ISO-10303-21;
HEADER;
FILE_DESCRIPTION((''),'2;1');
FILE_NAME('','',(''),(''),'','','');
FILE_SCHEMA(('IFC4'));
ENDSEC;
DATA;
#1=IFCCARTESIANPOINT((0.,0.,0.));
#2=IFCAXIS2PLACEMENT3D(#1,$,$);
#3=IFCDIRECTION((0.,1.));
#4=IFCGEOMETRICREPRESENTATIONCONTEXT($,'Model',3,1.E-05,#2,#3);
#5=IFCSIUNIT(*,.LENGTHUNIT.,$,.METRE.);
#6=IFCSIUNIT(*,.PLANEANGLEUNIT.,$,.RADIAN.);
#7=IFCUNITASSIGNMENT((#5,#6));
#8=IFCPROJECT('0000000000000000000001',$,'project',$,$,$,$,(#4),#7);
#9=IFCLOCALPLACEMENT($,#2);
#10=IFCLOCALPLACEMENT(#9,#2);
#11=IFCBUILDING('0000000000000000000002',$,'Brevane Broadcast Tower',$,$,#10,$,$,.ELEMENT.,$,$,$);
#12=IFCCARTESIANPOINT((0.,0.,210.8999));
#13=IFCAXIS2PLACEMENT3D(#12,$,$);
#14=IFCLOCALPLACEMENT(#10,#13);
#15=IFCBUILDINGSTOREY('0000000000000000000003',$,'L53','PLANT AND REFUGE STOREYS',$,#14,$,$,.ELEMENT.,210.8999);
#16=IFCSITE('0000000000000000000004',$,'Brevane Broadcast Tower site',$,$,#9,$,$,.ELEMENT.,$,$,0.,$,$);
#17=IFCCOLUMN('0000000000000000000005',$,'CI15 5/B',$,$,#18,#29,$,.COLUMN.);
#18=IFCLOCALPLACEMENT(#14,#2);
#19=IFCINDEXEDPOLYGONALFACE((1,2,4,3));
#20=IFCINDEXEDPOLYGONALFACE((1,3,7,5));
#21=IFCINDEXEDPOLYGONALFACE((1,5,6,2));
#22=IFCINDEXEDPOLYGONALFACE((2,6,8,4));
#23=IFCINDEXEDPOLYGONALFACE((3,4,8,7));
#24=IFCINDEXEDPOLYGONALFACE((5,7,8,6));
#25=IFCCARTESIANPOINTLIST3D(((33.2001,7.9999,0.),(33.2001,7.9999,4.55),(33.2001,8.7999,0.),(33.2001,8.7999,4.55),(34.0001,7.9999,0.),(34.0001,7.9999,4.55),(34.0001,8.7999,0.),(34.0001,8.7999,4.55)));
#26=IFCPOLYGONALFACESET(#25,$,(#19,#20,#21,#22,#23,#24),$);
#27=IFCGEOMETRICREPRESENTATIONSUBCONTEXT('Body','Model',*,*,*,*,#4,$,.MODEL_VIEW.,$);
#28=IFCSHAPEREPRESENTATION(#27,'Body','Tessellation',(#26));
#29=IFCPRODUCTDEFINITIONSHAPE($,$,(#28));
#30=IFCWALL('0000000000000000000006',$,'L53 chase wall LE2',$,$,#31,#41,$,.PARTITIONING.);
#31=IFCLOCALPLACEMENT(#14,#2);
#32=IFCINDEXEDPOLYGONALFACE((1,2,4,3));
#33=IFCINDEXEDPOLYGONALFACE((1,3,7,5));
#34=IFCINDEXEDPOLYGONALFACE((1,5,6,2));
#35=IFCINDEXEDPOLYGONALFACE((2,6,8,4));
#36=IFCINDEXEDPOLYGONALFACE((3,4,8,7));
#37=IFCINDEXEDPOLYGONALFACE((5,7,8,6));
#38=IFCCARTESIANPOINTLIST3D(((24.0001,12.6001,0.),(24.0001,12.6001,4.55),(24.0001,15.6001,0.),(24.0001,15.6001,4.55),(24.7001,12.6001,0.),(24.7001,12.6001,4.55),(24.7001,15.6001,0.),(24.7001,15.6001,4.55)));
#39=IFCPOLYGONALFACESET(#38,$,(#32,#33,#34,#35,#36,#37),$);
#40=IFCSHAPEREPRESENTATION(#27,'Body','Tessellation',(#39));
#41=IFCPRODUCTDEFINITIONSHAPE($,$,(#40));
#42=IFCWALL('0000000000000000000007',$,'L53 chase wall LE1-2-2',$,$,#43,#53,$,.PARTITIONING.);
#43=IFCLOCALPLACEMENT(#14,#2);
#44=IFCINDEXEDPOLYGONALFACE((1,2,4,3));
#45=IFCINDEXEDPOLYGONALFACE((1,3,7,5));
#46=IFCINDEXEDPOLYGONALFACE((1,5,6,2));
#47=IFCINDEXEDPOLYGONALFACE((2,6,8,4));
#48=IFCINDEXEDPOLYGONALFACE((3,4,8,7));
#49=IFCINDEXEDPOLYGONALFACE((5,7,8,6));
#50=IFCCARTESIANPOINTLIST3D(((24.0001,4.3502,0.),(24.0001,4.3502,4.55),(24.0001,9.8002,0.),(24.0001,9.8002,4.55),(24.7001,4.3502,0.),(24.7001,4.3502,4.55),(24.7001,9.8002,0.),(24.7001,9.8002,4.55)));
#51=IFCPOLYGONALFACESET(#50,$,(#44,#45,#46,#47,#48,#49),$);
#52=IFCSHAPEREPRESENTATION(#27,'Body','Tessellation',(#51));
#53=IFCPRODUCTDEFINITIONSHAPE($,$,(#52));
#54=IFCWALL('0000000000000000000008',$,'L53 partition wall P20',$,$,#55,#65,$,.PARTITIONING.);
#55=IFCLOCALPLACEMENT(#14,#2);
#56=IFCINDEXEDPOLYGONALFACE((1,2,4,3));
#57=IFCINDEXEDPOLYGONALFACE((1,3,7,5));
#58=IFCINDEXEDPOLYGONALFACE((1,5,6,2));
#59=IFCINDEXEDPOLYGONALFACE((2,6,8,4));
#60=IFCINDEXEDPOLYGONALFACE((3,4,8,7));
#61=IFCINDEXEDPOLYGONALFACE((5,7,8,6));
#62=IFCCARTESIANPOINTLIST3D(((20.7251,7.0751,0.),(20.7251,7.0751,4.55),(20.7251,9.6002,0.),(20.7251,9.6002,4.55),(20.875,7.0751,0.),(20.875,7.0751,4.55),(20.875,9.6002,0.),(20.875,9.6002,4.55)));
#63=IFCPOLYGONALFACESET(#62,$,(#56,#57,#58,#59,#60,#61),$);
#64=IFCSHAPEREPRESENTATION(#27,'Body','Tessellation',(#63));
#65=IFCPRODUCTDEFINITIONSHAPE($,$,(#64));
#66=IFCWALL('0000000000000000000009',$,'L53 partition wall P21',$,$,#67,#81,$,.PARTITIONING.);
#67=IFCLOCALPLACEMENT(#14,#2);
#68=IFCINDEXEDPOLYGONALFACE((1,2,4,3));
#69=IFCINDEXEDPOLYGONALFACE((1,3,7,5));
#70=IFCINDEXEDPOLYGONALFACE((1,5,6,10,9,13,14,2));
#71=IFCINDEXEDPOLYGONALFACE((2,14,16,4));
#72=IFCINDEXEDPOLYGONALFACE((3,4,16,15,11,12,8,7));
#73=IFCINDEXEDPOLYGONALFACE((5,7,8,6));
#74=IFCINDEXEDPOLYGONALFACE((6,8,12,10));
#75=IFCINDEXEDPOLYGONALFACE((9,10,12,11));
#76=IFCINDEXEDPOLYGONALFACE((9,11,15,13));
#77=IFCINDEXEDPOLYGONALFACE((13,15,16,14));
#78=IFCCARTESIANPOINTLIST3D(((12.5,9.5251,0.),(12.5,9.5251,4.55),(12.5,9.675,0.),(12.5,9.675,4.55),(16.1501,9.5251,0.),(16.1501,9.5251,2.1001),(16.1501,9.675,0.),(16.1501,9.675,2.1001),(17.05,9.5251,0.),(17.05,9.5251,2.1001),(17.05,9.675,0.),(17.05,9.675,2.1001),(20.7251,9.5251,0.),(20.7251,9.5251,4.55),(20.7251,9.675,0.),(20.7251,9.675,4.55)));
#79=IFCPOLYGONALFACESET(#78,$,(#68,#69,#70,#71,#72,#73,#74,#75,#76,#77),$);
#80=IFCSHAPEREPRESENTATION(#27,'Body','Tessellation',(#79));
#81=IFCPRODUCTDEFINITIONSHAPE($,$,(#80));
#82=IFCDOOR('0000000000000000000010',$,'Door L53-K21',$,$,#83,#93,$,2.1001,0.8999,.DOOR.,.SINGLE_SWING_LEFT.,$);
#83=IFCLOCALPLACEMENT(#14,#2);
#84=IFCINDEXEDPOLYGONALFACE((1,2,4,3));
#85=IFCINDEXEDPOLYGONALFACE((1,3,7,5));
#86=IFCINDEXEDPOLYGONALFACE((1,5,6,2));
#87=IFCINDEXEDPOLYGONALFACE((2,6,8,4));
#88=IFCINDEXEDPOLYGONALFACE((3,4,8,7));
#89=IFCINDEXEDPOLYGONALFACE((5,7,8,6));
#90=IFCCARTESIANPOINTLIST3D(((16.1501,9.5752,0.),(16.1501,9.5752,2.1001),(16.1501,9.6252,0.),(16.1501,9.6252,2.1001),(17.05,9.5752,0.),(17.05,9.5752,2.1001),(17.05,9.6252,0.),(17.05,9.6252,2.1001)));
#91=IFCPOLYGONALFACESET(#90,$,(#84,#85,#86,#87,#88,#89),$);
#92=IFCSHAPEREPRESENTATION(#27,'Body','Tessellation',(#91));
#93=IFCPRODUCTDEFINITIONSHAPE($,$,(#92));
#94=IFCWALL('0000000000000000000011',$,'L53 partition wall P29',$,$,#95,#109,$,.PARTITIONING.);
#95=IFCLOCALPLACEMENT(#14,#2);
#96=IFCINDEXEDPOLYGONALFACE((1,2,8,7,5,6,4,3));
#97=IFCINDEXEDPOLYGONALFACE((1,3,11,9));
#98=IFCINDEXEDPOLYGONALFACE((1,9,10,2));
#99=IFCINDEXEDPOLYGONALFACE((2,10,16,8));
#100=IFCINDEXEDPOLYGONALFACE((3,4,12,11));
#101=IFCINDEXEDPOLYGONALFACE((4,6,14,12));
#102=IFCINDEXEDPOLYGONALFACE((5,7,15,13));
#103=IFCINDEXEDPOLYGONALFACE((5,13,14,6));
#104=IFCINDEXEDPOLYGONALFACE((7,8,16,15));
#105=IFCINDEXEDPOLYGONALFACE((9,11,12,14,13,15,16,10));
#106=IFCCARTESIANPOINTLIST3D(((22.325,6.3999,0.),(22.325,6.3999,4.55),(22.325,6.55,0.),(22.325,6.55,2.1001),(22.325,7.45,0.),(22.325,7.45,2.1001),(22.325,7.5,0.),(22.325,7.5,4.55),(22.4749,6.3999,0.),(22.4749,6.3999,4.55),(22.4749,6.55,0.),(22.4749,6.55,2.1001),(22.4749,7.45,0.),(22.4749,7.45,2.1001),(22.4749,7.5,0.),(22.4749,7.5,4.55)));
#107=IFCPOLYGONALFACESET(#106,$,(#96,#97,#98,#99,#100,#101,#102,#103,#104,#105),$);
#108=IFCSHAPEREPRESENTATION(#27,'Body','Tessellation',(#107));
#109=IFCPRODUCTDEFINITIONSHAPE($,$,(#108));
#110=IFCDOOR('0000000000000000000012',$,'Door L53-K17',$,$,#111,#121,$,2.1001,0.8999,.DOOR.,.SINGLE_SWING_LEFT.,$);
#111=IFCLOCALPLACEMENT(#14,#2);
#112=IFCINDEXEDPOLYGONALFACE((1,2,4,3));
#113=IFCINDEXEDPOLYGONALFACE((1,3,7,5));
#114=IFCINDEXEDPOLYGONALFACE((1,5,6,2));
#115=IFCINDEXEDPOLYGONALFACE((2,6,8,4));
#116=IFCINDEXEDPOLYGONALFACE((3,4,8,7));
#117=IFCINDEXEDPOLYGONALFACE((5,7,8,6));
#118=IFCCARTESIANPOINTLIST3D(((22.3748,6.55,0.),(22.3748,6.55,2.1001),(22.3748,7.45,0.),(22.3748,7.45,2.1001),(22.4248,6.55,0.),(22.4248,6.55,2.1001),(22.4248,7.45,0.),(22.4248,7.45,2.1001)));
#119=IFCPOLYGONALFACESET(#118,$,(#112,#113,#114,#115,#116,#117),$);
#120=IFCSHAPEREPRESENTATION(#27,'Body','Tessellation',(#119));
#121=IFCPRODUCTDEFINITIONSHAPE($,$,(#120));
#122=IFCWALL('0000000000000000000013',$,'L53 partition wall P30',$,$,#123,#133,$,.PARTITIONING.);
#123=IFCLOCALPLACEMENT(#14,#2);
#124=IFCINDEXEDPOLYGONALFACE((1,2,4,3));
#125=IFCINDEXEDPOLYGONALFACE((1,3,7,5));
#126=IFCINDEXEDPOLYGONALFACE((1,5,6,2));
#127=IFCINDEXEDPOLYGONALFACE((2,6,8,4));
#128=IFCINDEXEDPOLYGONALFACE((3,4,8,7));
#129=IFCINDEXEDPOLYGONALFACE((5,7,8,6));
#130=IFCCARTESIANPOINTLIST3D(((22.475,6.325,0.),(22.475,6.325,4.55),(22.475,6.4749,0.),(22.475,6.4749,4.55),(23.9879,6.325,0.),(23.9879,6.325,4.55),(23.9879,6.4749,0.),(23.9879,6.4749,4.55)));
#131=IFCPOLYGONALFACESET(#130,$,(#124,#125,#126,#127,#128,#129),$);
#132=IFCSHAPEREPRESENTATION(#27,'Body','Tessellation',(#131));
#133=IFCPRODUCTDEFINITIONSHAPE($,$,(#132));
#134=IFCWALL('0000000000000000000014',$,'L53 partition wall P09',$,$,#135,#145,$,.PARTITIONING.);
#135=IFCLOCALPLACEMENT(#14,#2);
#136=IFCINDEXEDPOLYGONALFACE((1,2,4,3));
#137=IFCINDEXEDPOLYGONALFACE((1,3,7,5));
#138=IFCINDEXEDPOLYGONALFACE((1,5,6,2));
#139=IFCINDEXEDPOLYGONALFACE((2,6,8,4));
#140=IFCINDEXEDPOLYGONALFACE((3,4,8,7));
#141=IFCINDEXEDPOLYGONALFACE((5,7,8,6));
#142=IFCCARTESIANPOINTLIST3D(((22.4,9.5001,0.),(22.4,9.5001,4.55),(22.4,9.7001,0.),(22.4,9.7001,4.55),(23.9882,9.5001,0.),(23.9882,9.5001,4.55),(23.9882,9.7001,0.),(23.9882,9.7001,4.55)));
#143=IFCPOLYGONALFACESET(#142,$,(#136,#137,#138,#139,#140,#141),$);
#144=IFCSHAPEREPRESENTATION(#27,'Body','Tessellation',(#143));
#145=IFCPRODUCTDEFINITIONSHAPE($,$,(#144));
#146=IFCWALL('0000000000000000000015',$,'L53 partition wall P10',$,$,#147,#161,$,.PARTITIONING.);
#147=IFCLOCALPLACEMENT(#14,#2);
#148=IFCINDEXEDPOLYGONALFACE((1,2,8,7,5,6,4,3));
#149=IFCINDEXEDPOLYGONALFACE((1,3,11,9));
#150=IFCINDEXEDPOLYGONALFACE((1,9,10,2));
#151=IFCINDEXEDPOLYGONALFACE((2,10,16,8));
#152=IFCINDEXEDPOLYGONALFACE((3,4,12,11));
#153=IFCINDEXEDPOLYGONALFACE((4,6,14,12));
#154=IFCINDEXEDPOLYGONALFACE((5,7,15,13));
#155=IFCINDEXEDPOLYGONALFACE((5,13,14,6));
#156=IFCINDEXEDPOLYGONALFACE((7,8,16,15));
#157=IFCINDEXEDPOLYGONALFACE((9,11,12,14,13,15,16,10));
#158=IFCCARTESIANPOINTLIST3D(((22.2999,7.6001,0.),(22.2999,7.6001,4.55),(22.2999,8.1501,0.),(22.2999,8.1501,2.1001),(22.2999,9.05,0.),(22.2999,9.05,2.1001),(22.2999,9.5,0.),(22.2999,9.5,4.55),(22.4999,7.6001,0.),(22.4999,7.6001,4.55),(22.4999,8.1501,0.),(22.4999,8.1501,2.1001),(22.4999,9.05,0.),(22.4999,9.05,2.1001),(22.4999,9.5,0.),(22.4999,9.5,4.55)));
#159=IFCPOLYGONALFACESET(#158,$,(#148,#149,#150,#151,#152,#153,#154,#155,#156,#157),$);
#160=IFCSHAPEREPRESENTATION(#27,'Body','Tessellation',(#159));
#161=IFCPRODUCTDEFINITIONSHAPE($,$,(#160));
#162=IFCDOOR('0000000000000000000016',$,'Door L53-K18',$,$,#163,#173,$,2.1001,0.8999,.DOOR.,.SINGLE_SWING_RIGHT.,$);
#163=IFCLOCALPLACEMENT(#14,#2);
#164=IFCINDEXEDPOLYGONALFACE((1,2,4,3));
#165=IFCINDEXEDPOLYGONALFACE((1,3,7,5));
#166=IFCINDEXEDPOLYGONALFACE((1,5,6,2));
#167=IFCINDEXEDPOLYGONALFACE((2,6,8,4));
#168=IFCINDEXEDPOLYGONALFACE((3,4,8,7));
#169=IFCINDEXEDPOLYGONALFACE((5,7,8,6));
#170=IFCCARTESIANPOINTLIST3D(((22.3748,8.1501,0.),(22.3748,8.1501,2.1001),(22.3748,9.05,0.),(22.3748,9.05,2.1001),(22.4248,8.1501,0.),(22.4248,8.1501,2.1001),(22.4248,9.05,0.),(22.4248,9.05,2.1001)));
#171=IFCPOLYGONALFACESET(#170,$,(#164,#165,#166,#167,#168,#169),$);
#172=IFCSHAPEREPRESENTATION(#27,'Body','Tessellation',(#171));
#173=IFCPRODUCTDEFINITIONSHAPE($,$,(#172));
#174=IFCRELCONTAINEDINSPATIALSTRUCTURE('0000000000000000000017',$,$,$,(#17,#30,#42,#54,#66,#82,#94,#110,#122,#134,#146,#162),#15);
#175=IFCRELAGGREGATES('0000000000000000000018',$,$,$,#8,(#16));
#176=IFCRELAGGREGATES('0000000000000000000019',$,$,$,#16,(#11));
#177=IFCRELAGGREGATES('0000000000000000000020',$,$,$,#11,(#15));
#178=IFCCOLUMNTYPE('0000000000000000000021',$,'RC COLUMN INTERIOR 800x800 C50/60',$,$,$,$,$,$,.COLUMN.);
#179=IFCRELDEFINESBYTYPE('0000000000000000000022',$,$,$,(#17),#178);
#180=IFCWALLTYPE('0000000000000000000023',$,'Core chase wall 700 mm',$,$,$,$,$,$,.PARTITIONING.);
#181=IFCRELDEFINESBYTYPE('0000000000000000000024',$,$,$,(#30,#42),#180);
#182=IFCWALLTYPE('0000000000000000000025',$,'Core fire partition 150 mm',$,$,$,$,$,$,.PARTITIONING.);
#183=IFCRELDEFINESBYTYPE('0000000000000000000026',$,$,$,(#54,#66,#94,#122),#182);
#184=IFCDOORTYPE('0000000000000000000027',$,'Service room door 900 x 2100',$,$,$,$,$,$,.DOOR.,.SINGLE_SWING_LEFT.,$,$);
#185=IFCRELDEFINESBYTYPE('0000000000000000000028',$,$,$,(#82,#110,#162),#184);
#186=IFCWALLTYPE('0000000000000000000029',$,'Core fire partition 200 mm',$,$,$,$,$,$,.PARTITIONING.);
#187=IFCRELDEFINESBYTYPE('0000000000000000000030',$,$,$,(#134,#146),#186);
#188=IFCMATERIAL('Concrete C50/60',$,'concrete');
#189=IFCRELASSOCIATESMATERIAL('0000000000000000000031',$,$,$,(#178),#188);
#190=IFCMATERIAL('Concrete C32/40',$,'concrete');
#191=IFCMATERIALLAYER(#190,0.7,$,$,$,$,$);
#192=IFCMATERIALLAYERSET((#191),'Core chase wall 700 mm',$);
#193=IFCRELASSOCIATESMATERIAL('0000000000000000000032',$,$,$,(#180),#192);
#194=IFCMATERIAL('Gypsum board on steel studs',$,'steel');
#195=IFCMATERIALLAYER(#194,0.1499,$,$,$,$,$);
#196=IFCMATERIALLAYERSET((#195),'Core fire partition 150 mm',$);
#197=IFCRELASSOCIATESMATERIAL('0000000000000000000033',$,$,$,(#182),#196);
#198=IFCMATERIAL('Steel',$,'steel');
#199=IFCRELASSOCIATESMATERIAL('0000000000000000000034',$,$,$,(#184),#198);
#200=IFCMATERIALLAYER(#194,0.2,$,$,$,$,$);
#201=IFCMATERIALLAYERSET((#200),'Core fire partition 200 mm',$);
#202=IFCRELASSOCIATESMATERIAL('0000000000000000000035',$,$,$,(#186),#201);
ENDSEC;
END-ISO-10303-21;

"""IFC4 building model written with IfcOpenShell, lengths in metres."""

from ifc_helpers import new_model, si_unit, direction, frame, frame_2d, origin, origin_2d, place, context, subcontext, project, spatial, rectangle, extrude, material, layer, layer_set, material_profile, profile_set, type_object, element, fill, save


model = new_model("IFC4")

# Units and contexts
model_context = context("Model", 3, precision=1e-05, world=origin(), true_north=direction((0.0, 1.0)))
body_context = subcontext(model_context, "Body", "Model", "MODEL_VIEW")
ifc_project = project(units=[si_unit("LENGTHUNIT", "METRE"), si_unit("PLANEANGLEUNIT", "RADIAN")], contexts=[model_context])

# Site, building, storey
site_placement = place(None, origin())
site = spatial("IfcSite", under=ifc_project, at=site_placement, Name="Brevane Broadcast Tower site", CompositionType="ELEMENT", RefElevation=0.0)
building_placement = place(site_placement, origin())
building = spatial("IfcBuilding", under=site, at=building_placement, Name="Brevane Broadcast Tower", CompositionType="ELEMENT")
storey_placement = place(building_placement, frame((0.0, 0.0, 210.8999)))
storey = spatial("IfcBuildingStorey", under=building, at=storey_placement, Name="L53", Description="PLANT AND REFUGE STOREYS", CompositionType="ELEMENT", Elevation=210.8999)

# Column
ifc_material_1 = material(Name="Concrete C50/60", Category="concrete")
ifc_material_profile = material_profile(ifc_material_1, rectangle(XDim=0.8, YDim=0.8, at=origin_2d()), Name="RC 800x800")
ifc_profile_set = profile_set([ifc_material_profile], Name="Concrete C50/60")
column_type = type_object("IfcColumnType", Name="RC COLUMN INTERIOR 800x800 C50/60", PredefinedType="COLUMN", material=ifc_profile_set)
column_placement = place(storey_placement, frame((33.6001, 8.3999, 0.0), z_axis=(0.0, 0.0, 1.0), x_axis=(1.0, 0.0, 0.0)))
element("IfcColumn", 1, at=column_placement, inside=storey, type_object=column_type, Name="CI15 5/B", PredefinedType="COLUMN", context=body_context, shape_type="SweptSolid", body=[
    extrude(rectangle(XDim=0.8, YDim=0.8, at=origin_2d()), origin(), (0.0, 0.0, 1.0), 4.55),
])

# Walls
ifc_material_2 = material(Name="Concrete C32/40", Category="concrete")
ifc_layer_1 = layer(ifc_material_2, 0.7)
ifc_layer_set_1 = layer_set([ifc_layer_1], Name="Core chase wall 700 mm")
wall_type_1 = type_object("IfcWallType", Name="Core chase wall 700 mm", PredefinedType="PARTITIONING", material=ifc_layer_set_1)
wall_1_placement = place(storey_placement, frame((24.3501, 12.6001, 0.0), z_axis=(0.0, 0.0, 1.0), x_axis=(0.0, 1.0, 0.0)))
element("IfcWall", 2, at=wall_1_placement, inside=storey, type_object=wall_type_1, Name="L53 chase wall LE2", PredefinedType="PARTITIONING", context=body_context, shape_type="SweptSolid", body=[
    extrude(rectangle(XDim=3.0, YDim=0.7, at=frame_2d((1.5, 0.0))), origin(), (0.0, 0.0, 1.0), 4.55),
])
wall_2_placement = place(storey_placement, frame((24.3501, 4.3501, 0.0), z_axis=(0.0, 0.0, 1.0), x_axis=(0.0, 1.0, 0.0)))
element("IfcWall", 3, at=wall_2_placement, inside=storey, type_object=wall_type_1, Name="L53 chase wall LE1-2-2", PredefinedType="PARTITIONING", context=body_context, shape_type="SweptSolid", body=[
    extrude(rectangle(XDim=5.45, YDim=0.7, at=frame_2d((2.7251, 0.0))), origin(), (0.0, 0.0, 1.0), 4.55),
])
ifc_material_3 = material(Name="Gypsum board on steel studs", Category="steel")
ifc_layer_2 = layer(ifc_material_3, 0.1499)
ifc_layer_set_2 = layer_set([ifc_layer_2], Name="Core fire partition 150 mm")
wall_type_2 = type_object("IfcWallType", Name="Core fire partition 150 mm", PredefinedType="PARTITIONING", material=ifc_layer_set_2)
wall_3_placement = place(storey_placement, frame((20.8, 7.075, 0.0), z_axis=(0.0, 0.0, 1.0), x_axis=(0.0, 1.0, 0.0)))
element("IfcWall", 4, at=wall_3_placement, inside=storey, type_object=wall_type_2, Name="L53 partition wall P20", PredefinedType="PARTITIONING", context=body_context, shape_type="SweptSolid", body=[
    extrude(rectangle(XDim=2.5251, YDim=0.1499, at=frame_2d((1.2627, 0.0))), origin(), (0.0, 0.0, 1.0), 4.55),
])

# Walls, openings, doors
wall_4_placement = place(storey_placement, frame((20.7251, 9.6001, 0.0), z_axis=(0.0, 0.0, 1.0), x_axis=(-1.0, 0.0, 0.0)))
wall_4 = element("IfcWall", 5, at=wall_4_placement, inside=storey, type_object=wall_type_2, Name="L53 partition wall P21", PredefinedType="PARTITIONING", context=body_context, shape_type="SweptSolid", body=[
    extrude(rectangle(XDim=8.2251, YDim=0.1499, at=frame_2d((4.1125, 0.0))), origin(), (0.0, 0.0, 1.0), 4.55),
])
opening_1_placement = place(wall_4_placement, frame((3.675, 0.0, 0.0)))
opening_1 = element("IfcOpeningElement", 6, at=opening_1_placement, cuts=wall_4, PredefinedType="OPENING", context=body_context, shape_type="SweptSolid", body=[
    extrude(rectangle(XDim=0.8999, YDim=2.1001, at=frame_2d((0.45, 1.05))), frame((0.0, 0.085, 0.0), z_axis=(0.0, -1.0, 0.0), x_axis=(1.0, 0.0, 0.0)), (0.0, 0.0, 1.0), 0.1699),
])
ifc_material_4 = material(Name="Steel", Category="steel")
door_type_1 = type_object("IfcDoorType", Name="Service room door 900 x 2100", OperationType="SINGLE_SWING_LEFT", PredefinedType="DOOR", material=ifc_material_4)
door_1_placement = place(opening_1_placement, origin())
door_1 = element("IfcDoor", 7, at=door_1_placement, inside=storey, type_object=door_type_1, Name="Door L53-K21", OperationType="SINGLE_SWING_LEFT", OverallHeight=2.1001, OverallWidth=0.8999, PredefinedType="DOOR", context=body_context, shape_type="SweptSolid", body=[
    extrude(rectangle(XDim=0.8999, YDim=2.1001, at=frame_2d((0.45, 1.05))), frame((0.0, 0.0249, 0.0), z_axis=(0.0, -1.0, 0.0), x_axis=(1.0, 0.0, 0.0)), (0.0, 0.0, 1.0), 0.05),
])
fill(opening_1, door_1)
wall_5_placement = place(storey_placement, frame((22.3999, 7.5, 0.0), z_axis=(0.0, 0.0, 1.0), x_axis=(0.0, -1.0, 0.0)))
wall_5 = element("IfcWall", 8, at=wall_5_placement, inside=storey, type_object=wall_type_2, Name="L53 partition wall P29", PredefinedType="PARTITIONING", context=body_context, shape_type="SweptSolid", body=[
    extrude(rectangle(XDim=1.1001, YDim=0.1499, at=frame_2d((0.55, 0.0))), origin(), (0.0, 0.0, 1.0), 4.55),
])
opening_2_placement = place(wall_5_placement, frame((0.05, 0.0, 0.0)))
opening_2 = element("IfcOpeningElement", 9, at=opening_2_placement, cuts=wall_5, PredefinedType="OPENING", context=body_context, shape_type="SweptSolid", body=[
    extrude(rectangle(XDim=0.8999, YDim=2.1001, at=frame_2d((0.45, 1.05))), frame((0.0, 0.085, 0.0), z_axis=(0.0, -1.0, 0.0), x_axis=(1.0, 0.0, 0.0)), (0.0, 0.0, 1.0), 0.1699),
])
door_2_placement = place(opening_2_placement, origin())
door_2 = element("IfcDoor", 10, at=door_2_placement, inside=storey, type_object=door_type_1, Name="Door L53-K17", OperationType="SINGLE_SWING_LEFT", OverallHeight=2.1001, OverallWidth=0.8999, PredefinedType="DOOR", context=body_context, shape_type="SweptSolid", body=[
    extrude(rectangle(XDim=0.8999, YDim=2.1001, at=frame_2d((0.45, 1.05))), frame((0.0, 0.0249, 0.0), z_axis=(0.0, -1.0, 0.0), x_axis=(1.0, 0.0, 0.0)), (0.0, 0.0, 1.0), 0.05),
])
fill(opening_2, door_2)

# Walls
wall_6_placement = place(storey_placement, frame((22.4751, 6.3999, 0.0), z_axis=(0.0, 0.0, 1.0), x_axis=(1.0, 0.0, 0.0)))
element("IfcWall", 11, at=wall_6_placement, inside=storey, type_object=wall_type_2, Name="L53 partition wall P30", PredefinedType="PARTITIONING", context=body_context, shape_type="SweptSolid", body=[
    extrude(rectangle(XDim=1.5129, YDim=0.1499, at=frame_2d((0.7563, 0.0))), origin(), (0.0, 0.0, 1.0), 4.55),
])
ifc_layer_3 = layer(ifc_material_3, 0.2)
ifc_layer_set_3 = layer_set([ifc_layer_3], Name="Core fire partition 200 mm")
wall_type_3 = type_object("IfcWallType", Name="Core fire partition 200 mm", PredefinedType="PARTITIONING", material=ifc_layer_set_3)
wall_7_placement = place(storey_placement, frame((23.988, 9.6001, 0.0), z_axis=(0.0, 0.0, 1.0), x_axis=(-1.0, 0.0, 0.0)))
element("IfcWall", 12, at=wall_7_placement, inside=storey, type_object=wall_type_3, Name="L53 partition wall P09", PredefinedType="PARTITIONING", context=body_context, shape_type="SweptSolid", body=[
    extrude(rectangle(XDim=1.5881, YDim=0.2, at=frame_2d((0.7939, 0.0))), origin(), (0.0, 0.0, 1.0), 4.55),
])

# Wall, opening, door
wall_8_placement = place(storey_placement, frame((22.3999, 9.5, 0.0), z_axis=(0.0, 0.0, 1.0), x_axis=(0.0, -1.0, 0.0)))
wall_8 = element("IfcWall", 13, at=wall_8_placement, inside=storey, type_object=wall_type_3, Name="L53 partition wall P10", PredefinedType="PARTITIONING", context=body_context, shape_type="SweptSolid", body=[
    extrude(rectangle(XDim=1.8999, YDim=0.2, at=frame_2d((0.95, 0.0))), origin(), (0.0, 0.0, 1.0), 4.55),
])
opening_3_placement = place(wall_8_placement, frame((0.45, 0.0, 0.0)))
opening_3 = element("IfcOpeningElement", 14, at=opening_3_placement, cuts=wall_8, PredefinedType="OPENING", context=body_context, shape_type="SweptSolid", body=[
    extrude(rectangle(XDim=0.8999, YDim=2.1001, at=frame_2d((0.45, 1.05))), frame((0.0, 0.1099, 0.0), z_axis=(0.0, -1.0, 0.0), x_axis=(1.0, 0.0, 0.0)), (0.0, 0.0, 1.0), 0.22),
])
door_3_placement = place(opening_3_placement, origin())
door_3 = element("IfcDoor", 15, at=door_3_placement, inside=storey, type_object=door_type_1, Name="Door L53-K18", OperationType="SINGLE_SWING_RIGHT", OverallHeight=2.1001, OverallWidth=0.8999, PredefinedType="DOOR", context=body_context, shape_type="SweptSolid", body=[
    extrude(rectangle(XDim=0.8999, YDim=2.1001, at=frame_2d((0.45, 1.05))), frame((0.0, 0.0249, 0.0), z_axis=(0.0, -1.0, 0.0), x_axis=(1.0, 0.0, 0.0)), (0.0, 0.0, 1.0), 0.05),
])
fill(opening_3, door_3)

save(model, "model.ifc")
